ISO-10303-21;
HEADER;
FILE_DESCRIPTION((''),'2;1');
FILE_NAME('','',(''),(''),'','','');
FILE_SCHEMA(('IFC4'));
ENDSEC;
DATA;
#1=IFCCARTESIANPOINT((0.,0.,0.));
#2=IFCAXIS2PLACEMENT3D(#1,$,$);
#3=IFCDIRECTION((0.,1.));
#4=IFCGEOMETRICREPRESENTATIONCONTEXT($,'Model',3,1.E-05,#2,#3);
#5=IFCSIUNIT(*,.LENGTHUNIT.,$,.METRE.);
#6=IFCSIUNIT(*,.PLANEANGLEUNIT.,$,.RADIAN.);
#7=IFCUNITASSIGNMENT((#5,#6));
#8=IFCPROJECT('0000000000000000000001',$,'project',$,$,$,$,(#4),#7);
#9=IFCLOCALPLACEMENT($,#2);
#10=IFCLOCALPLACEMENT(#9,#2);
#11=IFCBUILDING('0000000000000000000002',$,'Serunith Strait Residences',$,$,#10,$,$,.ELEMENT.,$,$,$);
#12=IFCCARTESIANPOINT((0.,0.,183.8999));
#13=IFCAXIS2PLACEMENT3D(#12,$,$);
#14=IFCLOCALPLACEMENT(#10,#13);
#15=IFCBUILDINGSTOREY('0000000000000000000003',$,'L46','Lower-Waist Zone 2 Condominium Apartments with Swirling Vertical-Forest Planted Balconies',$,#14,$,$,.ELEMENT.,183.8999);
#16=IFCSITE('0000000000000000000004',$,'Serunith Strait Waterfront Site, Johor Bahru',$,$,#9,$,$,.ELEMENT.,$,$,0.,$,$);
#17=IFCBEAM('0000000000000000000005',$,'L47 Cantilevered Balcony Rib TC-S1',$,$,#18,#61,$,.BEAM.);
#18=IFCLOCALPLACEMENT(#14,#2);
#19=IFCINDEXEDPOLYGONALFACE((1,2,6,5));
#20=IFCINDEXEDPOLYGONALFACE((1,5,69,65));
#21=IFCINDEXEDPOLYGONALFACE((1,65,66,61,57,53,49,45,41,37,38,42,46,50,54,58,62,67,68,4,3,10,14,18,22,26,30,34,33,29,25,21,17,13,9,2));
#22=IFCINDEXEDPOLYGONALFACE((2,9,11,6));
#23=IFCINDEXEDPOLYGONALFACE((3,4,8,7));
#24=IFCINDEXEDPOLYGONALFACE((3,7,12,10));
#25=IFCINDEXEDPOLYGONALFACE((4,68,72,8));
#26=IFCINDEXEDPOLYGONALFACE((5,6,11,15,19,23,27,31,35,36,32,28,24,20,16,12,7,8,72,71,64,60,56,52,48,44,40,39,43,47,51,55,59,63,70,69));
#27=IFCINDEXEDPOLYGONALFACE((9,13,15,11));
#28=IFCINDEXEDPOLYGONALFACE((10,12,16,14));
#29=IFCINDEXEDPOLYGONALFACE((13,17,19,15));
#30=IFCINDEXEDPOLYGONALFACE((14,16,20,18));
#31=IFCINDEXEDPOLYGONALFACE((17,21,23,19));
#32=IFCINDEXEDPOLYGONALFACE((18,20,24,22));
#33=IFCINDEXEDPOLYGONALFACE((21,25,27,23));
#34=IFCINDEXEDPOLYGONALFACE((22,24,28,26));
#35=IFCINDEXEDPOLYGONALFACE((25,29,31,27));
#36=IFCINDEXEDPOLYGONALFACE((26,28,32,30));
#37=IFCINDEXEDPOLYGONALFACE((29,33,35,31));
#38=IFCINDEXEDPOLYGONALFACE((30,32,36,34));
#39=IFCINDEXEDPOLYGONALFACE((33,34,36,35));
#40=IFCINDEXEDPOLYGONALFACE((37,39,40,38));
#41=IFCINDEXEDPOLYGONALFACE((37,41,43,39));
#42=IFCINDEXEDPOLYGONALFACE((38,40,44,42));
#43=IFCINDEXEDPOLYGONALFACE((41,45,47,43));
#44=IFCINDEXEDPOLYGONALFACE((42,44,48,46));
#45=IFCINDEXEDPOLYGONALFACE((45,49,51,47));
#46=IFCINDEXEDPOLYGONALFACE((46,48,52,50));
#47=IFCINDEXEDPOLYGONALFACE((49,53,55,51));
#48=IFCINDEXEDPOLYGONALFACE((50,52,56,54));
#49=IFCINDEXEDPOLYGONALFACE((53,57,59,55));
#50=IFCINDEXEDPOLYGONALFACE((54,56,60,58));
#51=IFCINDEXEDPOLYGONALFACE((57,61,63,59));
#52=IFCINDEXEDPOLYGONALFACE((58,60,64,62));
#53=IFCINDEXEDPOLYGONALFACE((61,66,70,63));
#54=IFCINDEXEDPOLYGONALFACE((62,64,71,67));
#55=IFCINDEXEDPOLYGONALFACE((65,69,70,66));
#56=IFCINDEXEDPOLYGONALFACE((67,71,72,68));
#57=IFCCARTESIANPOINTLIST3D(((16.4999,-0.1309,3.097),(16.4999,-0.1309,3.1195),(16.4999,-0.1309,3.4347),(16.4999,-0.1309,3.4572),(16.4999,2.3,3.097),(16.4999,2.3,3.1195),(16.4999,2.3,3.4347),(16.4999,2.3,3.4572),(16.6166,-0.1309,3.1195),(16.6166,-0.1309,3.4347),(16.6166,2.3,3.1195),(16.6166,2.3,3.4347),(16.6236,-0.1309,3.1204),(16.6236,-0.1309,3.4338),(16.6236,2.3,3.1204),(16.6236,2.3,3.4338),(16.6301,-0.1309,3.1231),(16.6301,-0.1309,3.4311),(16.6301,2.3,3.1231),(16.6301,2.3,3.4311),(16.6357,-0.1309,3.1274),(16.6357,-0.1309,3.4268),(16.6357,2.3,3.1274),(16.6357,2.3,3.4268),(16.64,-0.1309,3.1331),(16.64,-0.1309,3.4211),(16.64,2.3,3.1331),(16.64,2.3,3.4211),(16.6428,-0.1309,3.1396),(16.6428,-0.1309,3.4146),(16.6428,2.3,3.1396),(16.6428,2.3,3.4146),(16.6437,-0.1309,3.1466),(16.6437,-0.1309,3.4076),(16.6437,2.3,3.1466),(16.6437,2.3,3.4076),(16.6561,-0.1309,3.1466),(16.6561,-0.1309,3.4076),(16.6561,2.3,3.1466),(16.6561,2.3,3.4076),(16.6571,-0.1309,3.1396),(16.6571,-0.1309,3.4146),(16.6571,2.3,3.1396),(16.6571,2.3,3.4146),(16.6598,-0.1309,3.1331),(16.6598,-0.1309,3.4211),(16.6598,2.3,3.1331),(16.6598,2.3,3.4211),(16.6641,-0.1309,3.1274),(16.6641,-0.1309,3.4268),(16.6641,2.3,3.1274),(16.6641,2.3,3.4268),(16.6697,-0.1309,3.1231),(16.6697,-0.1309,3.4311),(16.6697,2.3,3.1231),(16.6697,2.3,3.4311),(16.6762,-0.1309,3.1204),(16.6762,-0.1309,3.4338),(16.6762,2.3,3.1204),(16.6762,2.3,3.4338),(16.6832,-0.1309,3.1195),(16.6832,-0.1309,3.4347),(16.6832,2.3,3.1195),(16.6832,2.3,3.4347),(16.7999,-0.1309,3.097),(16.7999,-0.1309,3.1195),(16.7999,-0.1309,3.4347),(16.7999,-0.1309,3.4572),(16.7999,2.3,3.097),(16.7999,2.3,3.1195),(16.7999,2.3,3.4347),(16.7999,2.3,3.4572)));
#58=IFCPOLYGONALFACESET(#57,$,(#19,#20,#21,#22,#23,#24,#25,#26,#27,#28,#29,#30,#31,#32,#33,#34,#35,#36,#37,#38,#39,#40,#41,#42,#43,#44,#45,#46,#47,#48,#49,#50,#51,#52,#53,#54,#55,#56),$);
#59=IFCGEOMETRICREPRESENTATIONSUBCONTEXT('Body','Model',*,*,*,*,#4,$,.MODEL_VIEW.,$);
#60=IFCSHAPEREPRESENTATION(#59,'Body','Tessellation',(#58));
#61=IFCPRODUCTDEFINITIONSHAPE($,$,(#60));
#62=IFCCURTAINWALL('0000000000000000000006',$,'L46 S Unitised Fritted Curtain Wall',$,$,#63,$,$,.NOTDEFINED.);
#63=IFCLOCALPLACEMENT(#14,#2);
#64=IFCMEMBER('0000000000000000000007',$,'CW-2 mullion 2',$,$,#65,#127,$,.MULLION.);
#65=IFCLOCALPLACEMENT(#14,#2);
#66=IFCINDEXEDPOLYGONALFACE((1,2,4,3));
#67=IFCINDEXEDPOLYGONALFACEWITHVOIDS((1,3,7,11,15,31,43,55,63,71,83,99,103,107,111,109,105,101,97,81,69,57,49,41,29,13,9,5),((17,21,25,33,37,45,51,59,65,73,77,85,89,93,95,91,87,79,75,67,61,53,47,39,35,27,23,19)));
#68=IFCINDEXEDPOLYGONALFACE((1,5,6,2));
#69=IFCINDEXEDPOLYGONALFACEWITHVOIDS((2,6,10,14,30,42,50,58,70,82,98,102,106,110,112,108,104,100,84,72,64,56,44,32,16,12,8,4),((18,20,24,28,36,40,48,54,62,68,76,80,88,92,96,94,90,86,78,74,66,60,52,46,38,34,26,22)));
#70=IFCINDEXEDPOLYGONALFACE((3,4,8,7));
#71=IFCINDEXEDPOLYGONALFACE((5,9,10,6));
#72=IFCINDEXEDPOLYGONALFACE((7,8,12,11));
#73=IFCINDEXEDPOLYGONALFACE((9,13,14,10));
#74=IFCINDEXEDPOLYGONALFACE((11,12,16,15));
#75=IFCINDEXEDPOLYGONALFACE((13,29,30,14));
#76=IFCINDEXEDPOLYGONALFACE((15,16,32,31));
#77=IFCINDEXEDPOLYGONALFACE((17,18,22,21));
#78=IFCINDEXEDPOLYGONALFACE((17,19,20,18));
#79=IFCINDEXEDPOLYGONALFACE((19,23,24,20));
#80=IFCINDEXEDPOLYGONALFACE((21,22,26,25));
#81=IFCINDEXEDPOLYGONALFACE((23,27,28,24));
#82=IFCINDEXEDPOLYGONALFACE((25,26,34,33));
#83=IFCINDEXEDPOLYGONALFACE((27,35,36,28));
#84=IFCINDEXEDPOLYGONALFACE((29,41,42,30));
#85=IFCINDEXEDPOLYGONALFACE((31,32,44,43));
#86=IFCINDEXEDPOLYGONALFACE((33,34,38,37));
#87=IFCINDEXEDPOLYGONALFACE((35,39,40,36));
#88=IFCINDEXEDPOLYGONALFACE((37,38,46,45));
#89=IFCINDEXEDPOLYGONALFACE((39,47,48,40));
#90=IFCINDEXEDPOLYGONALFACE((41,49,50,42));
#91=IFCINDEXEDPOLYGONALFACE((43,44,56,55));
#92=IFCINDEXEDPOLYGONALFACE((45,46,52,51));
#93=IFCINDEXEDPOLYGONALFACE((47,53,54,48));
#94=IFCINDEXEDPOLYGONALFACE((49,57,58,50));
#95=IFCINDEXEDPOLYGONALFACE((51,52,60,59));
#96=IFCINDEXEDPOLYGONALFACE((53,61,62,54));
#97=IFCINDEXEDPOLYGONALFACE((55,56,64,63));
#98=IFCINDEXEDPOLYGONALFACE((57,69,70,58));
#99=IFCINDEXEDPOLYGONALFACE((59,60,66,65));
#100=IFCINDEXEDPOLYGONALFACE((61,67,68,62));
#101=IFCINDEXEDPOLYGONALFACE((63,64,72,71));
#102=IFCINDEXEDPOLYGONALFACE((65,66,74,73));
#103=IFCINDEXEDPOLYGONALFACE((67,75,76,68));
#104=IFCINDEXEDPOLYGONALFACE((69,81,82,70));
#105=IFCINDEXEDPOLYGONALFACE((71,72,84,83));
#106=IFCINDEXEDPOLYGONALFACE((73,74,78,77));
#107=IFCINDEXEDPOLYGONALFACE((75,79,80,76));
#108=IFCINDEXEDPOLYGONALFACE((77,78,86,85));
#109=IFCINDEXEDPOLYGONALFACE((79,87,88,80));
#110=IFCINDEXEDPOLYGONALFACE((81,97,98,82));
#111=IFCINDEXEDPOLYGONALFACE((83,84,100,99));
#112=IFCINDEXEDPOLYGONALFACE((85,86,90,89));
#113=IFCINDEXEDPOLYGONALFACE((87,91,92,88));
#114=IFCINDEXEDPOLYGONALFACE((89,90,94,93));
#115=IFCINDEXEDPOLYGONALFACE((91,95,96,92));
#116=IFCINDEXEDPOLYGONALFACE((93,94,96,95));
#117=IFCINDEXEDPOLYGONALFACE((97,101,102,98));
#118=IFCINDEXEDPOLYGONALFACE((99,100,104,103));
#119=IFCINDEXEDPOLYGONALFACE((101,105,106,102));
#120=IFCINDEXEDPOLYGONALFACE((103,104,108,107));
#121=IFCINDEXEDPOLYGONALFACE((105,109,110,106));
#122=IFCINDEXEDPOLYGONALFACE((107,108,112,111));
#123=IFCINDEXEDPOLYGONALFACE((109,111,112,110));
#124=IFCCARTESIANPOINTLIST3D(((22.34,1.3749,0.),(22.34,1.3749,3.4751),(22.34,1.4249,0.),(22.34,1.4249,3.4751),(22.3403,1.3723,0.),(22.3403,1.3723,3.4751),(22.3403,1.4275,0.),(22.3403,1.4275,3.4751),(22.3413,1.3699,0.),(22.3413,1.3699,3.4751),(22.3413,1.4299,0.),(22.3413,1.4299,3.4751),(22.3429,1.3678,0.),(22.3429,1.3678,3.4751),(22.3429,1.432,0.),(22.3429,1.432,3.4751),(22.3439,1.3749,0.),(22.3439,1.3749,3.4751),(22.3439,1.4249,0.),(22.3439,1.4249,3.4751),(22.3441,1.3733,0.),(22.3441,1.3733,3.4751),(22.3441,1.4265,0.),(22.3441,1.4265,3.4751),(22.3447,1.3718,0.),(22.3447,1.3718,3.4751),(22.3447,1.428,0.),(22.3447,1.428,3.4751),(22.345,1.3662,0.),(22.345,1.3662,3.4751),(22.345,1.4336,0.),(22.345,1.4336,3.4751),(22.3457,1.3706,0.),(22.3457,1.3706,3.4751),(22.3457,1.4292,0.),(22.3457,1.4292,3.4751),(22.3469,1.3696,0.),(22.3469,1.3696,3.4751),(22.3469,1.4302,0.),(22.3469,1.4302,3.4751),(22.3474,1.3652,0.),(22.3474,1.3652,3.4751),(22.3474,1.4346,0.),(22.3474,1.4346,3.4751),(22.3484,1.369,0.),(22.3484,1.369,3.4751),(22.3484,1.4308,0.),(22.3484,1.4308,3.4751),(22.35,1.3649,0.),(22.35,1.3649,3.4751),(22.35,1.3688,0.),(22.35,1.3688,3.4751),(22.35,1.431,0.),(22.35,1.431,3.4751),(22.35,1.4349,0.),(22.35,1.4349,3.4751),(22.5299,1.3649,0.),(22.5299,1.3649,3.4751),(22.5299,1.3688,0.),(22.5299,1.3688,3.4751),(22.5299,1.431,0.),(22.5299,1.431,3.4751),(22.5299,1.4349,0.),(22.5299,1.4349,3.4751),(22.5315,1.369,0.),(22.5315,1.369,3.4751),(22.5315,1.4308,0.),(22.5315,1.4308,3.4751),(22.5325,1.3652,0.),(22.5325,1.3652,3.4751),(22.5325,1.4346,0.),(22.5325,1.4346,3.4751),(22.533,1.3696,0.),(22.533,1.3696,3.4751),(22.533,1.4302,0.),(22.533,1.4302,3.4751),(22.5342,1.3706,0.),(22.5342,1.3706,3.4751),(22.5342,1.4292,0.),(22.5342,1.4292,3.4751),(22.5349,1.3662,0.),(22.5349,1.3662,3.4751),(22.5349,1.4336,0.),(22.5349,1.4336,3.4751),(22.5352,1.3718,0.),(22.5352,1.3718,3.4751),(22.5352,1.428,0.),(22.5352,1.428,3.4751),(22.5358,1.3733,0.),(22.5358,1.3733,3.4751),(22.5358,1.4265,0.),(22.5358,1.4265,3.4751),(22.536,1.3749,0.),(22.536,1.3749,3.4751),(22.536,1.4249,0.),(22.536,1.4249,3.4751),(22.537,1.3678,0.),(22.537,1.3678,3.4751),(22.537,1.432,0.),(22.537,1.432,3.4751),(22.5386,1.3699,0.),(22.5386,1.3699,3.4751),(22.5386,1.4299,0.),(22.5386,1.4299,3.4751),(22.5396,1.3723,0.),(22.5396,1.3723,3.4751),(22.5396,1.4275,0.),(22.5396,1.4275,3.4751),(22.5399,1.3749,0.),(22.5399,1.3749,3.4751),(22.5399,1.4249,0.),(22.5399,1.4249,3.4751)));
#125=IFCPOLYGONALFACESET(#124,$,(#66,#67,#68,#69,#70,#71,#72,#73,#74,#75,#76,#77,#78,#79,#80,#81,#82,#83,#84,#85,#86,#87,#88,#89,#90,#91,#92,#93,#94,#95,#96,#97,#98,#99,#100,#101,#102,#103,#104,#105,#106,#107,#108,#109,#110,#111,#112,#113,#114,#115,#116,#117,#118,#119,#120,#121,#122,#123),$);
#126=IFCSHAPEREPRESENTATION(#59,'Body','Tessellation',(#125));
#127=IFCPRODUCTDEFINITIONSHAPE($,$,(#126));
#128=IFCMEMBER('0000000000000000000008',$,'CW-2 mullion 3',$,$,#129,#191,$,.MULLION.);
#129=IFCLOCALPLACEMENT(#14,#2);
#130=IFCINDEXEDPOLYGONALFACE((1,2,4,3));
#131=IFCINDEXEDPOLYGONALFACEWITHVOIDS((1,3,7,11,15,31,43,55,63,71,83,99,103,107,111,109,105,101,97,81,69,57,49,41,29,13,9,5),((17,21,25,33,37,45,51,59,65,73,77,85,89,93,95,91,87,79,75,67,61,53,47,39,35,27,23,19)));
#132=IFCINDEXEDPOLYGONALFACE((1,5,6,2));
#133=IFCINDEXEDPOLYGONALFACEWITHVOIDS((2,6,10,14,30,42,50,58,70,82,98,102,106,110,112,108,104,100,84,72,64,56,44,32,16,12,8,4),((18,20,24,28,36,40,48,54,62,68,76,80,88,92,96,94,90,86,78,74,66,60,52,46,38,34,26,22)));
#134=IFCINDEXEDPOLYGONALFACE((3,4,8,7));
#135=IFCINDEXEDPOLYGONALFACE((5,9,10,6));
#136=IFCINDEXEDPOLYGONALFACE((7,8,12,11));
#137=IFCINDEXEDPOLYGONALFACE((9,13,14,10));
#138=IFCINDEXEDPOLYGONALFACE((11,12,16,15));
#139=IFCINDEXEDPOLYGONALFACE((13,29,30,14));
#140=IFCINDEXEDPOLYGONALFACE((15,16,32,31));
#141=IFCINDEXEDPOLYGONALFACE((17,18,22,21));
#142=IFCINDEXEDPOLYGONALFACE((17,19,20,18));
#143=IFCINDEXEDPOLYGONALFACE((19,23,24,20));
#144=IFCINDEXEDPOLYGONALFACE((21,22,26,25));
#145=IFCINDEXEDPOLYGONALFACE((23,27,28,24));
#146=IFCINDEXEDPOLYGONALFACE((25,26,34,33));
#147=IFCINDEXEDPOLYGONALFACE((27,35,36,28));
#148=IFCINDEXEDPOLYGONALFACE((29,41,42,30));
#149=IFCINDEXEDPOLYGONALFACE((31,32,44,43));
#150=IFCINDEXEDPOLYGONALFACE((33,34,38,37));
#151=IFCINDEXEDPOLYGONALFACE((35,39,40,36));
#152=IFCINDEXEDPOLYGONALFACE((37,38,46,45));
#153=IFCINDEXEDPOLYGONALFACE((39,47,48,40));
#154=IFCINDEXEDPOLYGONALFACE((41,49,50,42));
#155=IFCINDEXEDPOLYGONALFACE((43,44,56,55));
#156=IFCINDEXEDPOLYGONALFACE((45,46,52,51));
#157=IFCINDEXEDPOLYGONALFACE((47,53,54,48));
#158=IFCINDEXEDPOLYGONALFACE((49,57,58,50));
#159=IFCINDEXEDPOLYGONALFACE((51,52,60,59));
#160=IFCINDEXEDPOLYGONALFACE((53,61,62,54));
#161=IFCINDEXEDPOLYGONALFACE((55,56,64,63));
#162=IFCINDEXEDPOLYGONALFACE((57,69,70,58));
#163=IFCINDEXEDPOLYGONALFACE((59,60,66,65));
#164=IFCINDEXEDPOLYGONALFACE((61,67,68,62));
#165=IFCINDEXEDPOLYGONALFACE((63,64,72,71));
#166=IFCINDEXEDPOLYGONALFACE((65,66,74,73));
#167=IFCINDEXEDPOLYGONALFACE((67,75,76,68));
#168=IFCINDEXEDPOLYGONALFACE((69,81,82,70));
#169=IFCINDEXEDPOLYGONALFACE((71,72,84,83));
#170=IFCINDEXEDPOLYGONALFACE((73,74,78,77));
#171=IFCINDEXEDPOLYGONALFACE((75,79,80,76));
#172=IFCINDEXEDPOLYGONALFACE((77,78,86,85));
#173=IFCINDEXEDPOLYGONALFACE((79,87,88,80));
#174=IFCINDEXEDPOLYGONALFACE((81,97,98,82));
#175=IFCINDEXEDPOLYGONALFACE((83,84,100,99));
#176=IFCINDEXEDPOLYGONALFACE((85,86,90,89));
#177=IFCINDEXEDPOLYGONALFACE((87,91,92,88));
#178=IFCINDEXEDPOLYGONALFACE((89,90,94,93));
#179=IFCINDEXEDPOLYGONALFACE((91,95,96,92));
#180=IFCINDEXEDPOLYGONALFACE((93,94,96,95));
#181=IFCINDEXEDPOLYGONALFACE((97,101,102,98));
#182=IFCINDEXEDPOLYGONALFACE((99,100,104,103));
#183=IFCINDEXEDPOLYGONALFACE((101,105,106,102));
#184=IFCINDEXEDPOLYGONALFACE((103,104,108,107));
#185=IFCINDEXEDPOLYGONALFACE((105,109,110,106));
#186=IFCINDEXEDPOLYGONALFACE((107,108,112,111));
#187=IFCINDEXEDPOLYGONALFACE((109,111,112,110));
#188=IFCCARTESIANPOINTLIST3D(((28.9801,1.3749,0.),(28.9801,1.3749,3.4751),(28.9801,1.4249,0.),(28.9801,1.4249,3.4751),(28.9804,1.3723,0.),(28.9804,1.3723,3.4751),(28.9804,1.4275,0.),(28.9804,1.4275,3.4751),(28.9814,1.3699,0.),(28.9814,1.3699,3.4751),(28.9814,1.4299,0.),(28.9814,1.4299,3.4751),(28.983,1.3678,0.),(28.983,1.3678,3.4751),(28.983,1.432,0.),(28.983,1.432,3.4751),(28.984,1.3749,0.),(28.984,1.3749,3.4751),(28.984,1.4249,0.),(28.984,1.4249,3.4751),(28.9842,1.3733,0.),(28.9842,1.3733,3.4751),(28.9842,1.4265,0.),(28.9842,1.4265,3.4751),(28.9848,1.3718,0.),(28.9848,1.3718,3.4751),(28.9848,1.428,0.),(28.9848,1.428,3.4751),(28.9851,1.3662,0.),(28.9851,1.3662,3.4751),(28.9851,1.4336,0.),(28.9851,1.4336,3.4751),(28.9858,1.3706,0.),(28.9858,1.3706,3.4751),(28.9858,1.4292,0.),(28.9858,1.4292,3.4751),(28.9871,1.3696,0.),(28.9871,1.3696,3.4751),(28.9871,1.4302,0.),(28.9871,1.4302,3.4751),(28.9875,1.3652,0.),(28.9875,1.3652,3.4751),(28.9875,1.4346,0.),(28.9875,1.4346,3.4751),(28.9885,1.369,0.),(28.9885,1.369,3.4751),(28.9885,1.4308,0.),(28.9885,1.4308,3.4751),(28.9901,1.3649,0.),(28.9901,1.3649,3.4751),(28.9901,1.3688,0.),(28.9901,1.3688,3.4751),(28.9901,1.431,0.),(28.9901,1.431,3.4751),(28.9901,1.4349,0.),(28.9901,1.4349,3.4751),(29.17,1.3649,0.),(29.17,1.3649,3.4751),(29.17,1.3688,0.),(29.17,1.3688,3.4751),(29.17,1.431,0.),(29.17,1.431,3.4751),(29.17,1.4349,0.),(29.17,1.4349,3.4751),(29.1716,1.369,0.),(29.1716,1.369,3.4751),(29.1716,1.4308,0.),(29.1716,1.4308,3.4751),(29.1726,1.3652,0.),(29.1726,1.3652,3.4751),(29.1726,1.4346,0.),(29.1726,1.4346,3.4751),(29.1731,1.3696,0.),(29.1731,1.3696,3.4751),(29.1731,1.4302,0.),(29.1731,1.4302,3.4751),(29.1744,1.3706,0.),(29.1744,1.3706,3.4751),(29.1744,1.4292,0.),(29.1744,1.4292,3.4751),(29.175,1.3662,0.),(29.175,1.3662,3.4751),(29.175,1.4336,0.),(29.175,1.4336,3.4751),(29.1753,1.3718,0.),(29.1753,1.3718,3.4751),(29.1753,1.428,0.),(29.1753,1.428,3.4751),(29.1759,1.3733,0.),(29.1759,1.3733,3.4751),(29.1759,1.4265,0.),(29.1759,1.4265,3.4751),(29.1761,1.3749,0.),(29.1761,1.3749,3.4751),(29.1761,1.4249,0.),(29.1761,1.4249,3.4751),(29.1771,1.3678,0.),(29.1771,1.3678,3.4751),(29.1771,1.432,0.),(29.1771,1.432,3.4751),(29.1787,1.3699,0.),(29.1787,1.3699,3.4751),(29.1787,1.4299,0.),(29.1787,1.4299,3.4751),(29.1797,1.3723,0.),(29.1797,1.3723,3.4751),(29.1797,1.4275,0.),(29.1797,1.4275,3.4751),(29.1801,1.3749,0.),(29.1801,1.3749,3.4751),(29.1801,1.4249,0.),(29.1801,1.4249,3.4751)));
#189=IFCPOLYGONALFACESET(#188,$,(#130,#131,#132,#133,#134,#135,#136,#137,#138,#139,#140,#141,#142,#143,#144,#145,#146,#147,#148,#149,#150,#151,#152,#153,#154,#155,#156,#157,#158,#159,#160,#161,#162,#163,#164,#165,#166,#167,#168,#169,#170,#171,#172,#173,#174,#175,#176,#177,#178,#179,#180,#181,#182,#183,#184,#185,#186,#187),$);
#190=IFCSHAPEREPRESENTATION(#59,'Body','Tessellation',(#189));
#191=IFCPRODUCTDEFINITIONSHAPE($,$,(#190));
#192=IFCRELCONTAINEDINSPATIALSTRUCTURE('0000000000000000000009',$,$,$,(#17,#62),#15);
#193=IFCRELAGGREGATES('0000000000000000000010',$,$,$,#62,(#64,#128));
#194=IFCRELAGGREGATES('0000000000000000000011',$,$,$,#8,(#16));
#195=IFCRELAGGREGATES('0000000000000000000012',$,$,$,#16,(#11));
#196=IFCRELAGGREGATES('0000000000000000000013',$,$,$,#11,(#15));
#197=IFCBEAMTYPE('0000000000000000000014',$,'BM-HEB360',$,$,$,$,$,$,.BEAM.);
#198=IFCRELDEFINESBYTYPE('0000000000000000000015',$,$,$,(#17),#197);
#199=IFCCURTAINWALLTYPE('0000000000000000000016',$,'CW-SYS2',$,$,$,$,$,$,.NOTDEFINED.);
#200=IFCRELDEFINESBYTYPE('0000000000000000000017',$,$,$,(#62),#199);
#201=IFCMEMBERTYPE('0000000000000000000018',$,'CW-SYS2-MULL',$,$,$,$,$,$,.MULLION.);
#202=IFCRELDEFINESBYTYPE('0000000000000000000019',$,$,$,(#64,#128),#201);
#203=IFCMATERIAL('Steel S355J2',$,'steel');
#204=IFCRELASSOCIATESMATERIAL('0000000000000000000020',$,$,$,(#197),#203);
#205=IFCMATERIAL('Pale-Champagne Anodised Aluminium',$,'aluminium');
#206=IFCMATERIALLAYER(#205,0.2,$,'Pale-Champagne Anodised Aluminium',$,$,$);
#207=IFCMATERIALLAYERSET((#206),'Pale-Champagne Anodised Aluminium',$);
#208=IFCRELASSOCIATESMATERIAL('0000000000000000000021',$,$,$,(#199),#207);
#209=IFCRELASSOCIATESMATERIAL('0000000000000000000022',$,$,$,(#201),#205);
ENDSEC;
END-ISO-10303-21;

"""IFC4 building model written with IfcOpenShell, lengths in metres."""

from ifc_helpers import new_model, si_unit, direction, frame, origin, origin_2d, place, context, subcontext, project, spatial, hollow_rectangle, i_section, extrude, source, transform, mapped, material, layer, layer_set, material_profile, profile_set, type_object, element, aggregate, save


model = new_model("IFC4")

# Units and contexts
model_context = context("Model", 3, precision=1e-05, world=origin(), true_north=direction((0.0, 1.0)))
body_context = subcontext(model_context, "Body", "Model", "MODEL_VIEW")
ifc_project = project(units=[si_unit("LENGTHUNIT", "METRE"), si_unit("PLANEANGLEUNIT", "RADIAN")], contexts=[model_context])

# Site, building, storey
site_placement = place(None, origin())
site = spatial("IfcSite", under=ifc_project, at=site_placement, Name="Serunith Strait Waterfront Site, Johor Bahru", CompositionType="ELEMENT", RefElevation=0.0)
building_placement = place(site_placement, origin())
building = spatial("IfcBuilding", under=site, at=building_placement, Name="Serunith Strait Residences", CompositionType="ELEMENT")
storey_placement = place(building_placement, frame((0.0, 0.0, 183.8999)))
storey = spatial("IfcBuildingStorey", under=building, at=storey_placement, Name="L46", Description="Lower-Waist Zone 2 Condominium Apartments with Swirling Vertical-Forest Planted Balconies", CompositionType="ELEMENT", Elevation=183.8999)

# Beam
ifc_material_1 = material(Name="Steel S355J2", Category="steel")
ifc_material_profile_1 = material_profile(ifc_material_1, i_section(OverallWidth=0.3, OverallDepth=0.3601, WebThickness=0.0125, FlangeThickness=0.0225, FilletRadius=0.0271, at=origin_2d()), Name="HEB 360")
ifc_profile_set_1 = profile_set([ifc_material_profile_1], Name="Steel S355J2")
beam_type_1 = type_object("IfcBeamType", Name="BM-HEB360", PredefinedType="BEAM", material=ifc_profile_set_1)
shared_shape_1 = source(origin(), body_context, "Body", "SweptSolid", [
    extrude(i_section(OverallWidth=0.3, OverallDepth=0.3601, WebThickness=0.0125, FlangeThickness=0.0225, FilletRadius=0.0271, at=origin_2d()), origin(), (0.0, 0.0, 1.0), 2.4309),
])
beam_1_placement = place(storey_placement, frame((16.6499, 2.3, 3.2771), z_axis=(0.0, -1.0, 0.0), x_axis=(1.0, 0.0, 0.0)))
element("IfcBeam", 1, at=beam_1_placement, inside=storey, type_object=beam_type_1, Name="L47 Cantilevered Balcony Rib TC-S1", PredefinedType="BEAM", context=body_context, shape_type="MappedRepresentation", body=[
    mapped(shared_shape_1, transform((0.0, 0.0, 0.0), scale=1.0)),
])

# Curtain wall, members
ifc_material_2 = material(Name="Pale-Champagne Anodised Aluminium", Category="aluminium")
ifc_layer_1 = layer(ifc_material_2, 0.2, Name="Pale-Champagne Anodised Aluminium")
ifc_layer_set_1 = layer_set([ifc_layer_1], Name="Pale-Champagne Anodised Aluminium")
curtain_wall_type = type_object("IfcCurtainWallType", Name="CW-SYS2", PredefinedType="NOTDEFINED", material=ifc_layer_set_1)
curtain_wall_placement = place(storey_placement, origin())
curtain_wall = element("IfcCurtainWall", 2, at=curtain_wall_placement, inside=storey, type_object=curtain_wall_type, Name="L46 S Unitised Fritted Curtain Wall", PredefinedType="NOTDEFINED")
ifc_material_profile_2 = material_profile(ifc_material_2, hollow_rectangle(XDim=0.0701, YDim=0.2, WallThickness=0.0039, InnerFilletRadius=0.0061, OuterFilletRadius=0.01, at=origin_2d()), Name="ALU 200x70x4")
ifc_profile_set_2 = profile_set([ifc_material_profile_2], Name="Pale-Champagne Anodised Aluminium")
member_type_1 = type_object("IfcMemberType", Name="CW-SYS2-MULL", PredefinedType="MULLION", material=ifc_profile_set_2)
shared_shape_2 = source(origin(), body_context, "Body", "SweptSolid", [
    extrude(hollow_rectangle(XDim=0.0701, YDim=0.2, WallThickness=0.0039, InnerFilletRadius=0.0061, OuterFilletRadius=0.01, at=origin_2d()), origin(), (0.0, 0.0, 1.0), 3.4751),
])
member_1_placement = place(storey_placement, frame((22.4399, 1.3999, 0.0), z_axis=(0.0, 0.0, 1.0), x_axis=(0.0, 1.0, 0.0)))
member_1 = element("IfcMember", 3, at=member_1_placement, type_object=member_type_1, Name="CW-2 mullion 2", PredefinedType="MULLION", context=body_context, shape_type="MappedRepresentation", body=[
    mapped(shared_shape_2, transform((0.0, 0.0, 0.0), scale=1.0)),
])
member_2_placement = place(storey_placement, frame((29.0801, 1.3999, 0.0), z_axis=(0.0, 0.0, 1.0), x_axis=(0.0, 1.0, 0.0)))
member_2 = element("IfcMember", 4, at=member_2_placement, type_object=member_type_1, Name="CW-2 mullion 3", PredefinedType="MULLION", context=body_context, shape_type="MappedRepresentation", body=[
    mapped(shared_shape_2, transform((0.0, 0.0, 0.0), scale=1.0)),
])
aggregate(curtain_wall, [member_1, member_2])

save(model, "model.ifc")
